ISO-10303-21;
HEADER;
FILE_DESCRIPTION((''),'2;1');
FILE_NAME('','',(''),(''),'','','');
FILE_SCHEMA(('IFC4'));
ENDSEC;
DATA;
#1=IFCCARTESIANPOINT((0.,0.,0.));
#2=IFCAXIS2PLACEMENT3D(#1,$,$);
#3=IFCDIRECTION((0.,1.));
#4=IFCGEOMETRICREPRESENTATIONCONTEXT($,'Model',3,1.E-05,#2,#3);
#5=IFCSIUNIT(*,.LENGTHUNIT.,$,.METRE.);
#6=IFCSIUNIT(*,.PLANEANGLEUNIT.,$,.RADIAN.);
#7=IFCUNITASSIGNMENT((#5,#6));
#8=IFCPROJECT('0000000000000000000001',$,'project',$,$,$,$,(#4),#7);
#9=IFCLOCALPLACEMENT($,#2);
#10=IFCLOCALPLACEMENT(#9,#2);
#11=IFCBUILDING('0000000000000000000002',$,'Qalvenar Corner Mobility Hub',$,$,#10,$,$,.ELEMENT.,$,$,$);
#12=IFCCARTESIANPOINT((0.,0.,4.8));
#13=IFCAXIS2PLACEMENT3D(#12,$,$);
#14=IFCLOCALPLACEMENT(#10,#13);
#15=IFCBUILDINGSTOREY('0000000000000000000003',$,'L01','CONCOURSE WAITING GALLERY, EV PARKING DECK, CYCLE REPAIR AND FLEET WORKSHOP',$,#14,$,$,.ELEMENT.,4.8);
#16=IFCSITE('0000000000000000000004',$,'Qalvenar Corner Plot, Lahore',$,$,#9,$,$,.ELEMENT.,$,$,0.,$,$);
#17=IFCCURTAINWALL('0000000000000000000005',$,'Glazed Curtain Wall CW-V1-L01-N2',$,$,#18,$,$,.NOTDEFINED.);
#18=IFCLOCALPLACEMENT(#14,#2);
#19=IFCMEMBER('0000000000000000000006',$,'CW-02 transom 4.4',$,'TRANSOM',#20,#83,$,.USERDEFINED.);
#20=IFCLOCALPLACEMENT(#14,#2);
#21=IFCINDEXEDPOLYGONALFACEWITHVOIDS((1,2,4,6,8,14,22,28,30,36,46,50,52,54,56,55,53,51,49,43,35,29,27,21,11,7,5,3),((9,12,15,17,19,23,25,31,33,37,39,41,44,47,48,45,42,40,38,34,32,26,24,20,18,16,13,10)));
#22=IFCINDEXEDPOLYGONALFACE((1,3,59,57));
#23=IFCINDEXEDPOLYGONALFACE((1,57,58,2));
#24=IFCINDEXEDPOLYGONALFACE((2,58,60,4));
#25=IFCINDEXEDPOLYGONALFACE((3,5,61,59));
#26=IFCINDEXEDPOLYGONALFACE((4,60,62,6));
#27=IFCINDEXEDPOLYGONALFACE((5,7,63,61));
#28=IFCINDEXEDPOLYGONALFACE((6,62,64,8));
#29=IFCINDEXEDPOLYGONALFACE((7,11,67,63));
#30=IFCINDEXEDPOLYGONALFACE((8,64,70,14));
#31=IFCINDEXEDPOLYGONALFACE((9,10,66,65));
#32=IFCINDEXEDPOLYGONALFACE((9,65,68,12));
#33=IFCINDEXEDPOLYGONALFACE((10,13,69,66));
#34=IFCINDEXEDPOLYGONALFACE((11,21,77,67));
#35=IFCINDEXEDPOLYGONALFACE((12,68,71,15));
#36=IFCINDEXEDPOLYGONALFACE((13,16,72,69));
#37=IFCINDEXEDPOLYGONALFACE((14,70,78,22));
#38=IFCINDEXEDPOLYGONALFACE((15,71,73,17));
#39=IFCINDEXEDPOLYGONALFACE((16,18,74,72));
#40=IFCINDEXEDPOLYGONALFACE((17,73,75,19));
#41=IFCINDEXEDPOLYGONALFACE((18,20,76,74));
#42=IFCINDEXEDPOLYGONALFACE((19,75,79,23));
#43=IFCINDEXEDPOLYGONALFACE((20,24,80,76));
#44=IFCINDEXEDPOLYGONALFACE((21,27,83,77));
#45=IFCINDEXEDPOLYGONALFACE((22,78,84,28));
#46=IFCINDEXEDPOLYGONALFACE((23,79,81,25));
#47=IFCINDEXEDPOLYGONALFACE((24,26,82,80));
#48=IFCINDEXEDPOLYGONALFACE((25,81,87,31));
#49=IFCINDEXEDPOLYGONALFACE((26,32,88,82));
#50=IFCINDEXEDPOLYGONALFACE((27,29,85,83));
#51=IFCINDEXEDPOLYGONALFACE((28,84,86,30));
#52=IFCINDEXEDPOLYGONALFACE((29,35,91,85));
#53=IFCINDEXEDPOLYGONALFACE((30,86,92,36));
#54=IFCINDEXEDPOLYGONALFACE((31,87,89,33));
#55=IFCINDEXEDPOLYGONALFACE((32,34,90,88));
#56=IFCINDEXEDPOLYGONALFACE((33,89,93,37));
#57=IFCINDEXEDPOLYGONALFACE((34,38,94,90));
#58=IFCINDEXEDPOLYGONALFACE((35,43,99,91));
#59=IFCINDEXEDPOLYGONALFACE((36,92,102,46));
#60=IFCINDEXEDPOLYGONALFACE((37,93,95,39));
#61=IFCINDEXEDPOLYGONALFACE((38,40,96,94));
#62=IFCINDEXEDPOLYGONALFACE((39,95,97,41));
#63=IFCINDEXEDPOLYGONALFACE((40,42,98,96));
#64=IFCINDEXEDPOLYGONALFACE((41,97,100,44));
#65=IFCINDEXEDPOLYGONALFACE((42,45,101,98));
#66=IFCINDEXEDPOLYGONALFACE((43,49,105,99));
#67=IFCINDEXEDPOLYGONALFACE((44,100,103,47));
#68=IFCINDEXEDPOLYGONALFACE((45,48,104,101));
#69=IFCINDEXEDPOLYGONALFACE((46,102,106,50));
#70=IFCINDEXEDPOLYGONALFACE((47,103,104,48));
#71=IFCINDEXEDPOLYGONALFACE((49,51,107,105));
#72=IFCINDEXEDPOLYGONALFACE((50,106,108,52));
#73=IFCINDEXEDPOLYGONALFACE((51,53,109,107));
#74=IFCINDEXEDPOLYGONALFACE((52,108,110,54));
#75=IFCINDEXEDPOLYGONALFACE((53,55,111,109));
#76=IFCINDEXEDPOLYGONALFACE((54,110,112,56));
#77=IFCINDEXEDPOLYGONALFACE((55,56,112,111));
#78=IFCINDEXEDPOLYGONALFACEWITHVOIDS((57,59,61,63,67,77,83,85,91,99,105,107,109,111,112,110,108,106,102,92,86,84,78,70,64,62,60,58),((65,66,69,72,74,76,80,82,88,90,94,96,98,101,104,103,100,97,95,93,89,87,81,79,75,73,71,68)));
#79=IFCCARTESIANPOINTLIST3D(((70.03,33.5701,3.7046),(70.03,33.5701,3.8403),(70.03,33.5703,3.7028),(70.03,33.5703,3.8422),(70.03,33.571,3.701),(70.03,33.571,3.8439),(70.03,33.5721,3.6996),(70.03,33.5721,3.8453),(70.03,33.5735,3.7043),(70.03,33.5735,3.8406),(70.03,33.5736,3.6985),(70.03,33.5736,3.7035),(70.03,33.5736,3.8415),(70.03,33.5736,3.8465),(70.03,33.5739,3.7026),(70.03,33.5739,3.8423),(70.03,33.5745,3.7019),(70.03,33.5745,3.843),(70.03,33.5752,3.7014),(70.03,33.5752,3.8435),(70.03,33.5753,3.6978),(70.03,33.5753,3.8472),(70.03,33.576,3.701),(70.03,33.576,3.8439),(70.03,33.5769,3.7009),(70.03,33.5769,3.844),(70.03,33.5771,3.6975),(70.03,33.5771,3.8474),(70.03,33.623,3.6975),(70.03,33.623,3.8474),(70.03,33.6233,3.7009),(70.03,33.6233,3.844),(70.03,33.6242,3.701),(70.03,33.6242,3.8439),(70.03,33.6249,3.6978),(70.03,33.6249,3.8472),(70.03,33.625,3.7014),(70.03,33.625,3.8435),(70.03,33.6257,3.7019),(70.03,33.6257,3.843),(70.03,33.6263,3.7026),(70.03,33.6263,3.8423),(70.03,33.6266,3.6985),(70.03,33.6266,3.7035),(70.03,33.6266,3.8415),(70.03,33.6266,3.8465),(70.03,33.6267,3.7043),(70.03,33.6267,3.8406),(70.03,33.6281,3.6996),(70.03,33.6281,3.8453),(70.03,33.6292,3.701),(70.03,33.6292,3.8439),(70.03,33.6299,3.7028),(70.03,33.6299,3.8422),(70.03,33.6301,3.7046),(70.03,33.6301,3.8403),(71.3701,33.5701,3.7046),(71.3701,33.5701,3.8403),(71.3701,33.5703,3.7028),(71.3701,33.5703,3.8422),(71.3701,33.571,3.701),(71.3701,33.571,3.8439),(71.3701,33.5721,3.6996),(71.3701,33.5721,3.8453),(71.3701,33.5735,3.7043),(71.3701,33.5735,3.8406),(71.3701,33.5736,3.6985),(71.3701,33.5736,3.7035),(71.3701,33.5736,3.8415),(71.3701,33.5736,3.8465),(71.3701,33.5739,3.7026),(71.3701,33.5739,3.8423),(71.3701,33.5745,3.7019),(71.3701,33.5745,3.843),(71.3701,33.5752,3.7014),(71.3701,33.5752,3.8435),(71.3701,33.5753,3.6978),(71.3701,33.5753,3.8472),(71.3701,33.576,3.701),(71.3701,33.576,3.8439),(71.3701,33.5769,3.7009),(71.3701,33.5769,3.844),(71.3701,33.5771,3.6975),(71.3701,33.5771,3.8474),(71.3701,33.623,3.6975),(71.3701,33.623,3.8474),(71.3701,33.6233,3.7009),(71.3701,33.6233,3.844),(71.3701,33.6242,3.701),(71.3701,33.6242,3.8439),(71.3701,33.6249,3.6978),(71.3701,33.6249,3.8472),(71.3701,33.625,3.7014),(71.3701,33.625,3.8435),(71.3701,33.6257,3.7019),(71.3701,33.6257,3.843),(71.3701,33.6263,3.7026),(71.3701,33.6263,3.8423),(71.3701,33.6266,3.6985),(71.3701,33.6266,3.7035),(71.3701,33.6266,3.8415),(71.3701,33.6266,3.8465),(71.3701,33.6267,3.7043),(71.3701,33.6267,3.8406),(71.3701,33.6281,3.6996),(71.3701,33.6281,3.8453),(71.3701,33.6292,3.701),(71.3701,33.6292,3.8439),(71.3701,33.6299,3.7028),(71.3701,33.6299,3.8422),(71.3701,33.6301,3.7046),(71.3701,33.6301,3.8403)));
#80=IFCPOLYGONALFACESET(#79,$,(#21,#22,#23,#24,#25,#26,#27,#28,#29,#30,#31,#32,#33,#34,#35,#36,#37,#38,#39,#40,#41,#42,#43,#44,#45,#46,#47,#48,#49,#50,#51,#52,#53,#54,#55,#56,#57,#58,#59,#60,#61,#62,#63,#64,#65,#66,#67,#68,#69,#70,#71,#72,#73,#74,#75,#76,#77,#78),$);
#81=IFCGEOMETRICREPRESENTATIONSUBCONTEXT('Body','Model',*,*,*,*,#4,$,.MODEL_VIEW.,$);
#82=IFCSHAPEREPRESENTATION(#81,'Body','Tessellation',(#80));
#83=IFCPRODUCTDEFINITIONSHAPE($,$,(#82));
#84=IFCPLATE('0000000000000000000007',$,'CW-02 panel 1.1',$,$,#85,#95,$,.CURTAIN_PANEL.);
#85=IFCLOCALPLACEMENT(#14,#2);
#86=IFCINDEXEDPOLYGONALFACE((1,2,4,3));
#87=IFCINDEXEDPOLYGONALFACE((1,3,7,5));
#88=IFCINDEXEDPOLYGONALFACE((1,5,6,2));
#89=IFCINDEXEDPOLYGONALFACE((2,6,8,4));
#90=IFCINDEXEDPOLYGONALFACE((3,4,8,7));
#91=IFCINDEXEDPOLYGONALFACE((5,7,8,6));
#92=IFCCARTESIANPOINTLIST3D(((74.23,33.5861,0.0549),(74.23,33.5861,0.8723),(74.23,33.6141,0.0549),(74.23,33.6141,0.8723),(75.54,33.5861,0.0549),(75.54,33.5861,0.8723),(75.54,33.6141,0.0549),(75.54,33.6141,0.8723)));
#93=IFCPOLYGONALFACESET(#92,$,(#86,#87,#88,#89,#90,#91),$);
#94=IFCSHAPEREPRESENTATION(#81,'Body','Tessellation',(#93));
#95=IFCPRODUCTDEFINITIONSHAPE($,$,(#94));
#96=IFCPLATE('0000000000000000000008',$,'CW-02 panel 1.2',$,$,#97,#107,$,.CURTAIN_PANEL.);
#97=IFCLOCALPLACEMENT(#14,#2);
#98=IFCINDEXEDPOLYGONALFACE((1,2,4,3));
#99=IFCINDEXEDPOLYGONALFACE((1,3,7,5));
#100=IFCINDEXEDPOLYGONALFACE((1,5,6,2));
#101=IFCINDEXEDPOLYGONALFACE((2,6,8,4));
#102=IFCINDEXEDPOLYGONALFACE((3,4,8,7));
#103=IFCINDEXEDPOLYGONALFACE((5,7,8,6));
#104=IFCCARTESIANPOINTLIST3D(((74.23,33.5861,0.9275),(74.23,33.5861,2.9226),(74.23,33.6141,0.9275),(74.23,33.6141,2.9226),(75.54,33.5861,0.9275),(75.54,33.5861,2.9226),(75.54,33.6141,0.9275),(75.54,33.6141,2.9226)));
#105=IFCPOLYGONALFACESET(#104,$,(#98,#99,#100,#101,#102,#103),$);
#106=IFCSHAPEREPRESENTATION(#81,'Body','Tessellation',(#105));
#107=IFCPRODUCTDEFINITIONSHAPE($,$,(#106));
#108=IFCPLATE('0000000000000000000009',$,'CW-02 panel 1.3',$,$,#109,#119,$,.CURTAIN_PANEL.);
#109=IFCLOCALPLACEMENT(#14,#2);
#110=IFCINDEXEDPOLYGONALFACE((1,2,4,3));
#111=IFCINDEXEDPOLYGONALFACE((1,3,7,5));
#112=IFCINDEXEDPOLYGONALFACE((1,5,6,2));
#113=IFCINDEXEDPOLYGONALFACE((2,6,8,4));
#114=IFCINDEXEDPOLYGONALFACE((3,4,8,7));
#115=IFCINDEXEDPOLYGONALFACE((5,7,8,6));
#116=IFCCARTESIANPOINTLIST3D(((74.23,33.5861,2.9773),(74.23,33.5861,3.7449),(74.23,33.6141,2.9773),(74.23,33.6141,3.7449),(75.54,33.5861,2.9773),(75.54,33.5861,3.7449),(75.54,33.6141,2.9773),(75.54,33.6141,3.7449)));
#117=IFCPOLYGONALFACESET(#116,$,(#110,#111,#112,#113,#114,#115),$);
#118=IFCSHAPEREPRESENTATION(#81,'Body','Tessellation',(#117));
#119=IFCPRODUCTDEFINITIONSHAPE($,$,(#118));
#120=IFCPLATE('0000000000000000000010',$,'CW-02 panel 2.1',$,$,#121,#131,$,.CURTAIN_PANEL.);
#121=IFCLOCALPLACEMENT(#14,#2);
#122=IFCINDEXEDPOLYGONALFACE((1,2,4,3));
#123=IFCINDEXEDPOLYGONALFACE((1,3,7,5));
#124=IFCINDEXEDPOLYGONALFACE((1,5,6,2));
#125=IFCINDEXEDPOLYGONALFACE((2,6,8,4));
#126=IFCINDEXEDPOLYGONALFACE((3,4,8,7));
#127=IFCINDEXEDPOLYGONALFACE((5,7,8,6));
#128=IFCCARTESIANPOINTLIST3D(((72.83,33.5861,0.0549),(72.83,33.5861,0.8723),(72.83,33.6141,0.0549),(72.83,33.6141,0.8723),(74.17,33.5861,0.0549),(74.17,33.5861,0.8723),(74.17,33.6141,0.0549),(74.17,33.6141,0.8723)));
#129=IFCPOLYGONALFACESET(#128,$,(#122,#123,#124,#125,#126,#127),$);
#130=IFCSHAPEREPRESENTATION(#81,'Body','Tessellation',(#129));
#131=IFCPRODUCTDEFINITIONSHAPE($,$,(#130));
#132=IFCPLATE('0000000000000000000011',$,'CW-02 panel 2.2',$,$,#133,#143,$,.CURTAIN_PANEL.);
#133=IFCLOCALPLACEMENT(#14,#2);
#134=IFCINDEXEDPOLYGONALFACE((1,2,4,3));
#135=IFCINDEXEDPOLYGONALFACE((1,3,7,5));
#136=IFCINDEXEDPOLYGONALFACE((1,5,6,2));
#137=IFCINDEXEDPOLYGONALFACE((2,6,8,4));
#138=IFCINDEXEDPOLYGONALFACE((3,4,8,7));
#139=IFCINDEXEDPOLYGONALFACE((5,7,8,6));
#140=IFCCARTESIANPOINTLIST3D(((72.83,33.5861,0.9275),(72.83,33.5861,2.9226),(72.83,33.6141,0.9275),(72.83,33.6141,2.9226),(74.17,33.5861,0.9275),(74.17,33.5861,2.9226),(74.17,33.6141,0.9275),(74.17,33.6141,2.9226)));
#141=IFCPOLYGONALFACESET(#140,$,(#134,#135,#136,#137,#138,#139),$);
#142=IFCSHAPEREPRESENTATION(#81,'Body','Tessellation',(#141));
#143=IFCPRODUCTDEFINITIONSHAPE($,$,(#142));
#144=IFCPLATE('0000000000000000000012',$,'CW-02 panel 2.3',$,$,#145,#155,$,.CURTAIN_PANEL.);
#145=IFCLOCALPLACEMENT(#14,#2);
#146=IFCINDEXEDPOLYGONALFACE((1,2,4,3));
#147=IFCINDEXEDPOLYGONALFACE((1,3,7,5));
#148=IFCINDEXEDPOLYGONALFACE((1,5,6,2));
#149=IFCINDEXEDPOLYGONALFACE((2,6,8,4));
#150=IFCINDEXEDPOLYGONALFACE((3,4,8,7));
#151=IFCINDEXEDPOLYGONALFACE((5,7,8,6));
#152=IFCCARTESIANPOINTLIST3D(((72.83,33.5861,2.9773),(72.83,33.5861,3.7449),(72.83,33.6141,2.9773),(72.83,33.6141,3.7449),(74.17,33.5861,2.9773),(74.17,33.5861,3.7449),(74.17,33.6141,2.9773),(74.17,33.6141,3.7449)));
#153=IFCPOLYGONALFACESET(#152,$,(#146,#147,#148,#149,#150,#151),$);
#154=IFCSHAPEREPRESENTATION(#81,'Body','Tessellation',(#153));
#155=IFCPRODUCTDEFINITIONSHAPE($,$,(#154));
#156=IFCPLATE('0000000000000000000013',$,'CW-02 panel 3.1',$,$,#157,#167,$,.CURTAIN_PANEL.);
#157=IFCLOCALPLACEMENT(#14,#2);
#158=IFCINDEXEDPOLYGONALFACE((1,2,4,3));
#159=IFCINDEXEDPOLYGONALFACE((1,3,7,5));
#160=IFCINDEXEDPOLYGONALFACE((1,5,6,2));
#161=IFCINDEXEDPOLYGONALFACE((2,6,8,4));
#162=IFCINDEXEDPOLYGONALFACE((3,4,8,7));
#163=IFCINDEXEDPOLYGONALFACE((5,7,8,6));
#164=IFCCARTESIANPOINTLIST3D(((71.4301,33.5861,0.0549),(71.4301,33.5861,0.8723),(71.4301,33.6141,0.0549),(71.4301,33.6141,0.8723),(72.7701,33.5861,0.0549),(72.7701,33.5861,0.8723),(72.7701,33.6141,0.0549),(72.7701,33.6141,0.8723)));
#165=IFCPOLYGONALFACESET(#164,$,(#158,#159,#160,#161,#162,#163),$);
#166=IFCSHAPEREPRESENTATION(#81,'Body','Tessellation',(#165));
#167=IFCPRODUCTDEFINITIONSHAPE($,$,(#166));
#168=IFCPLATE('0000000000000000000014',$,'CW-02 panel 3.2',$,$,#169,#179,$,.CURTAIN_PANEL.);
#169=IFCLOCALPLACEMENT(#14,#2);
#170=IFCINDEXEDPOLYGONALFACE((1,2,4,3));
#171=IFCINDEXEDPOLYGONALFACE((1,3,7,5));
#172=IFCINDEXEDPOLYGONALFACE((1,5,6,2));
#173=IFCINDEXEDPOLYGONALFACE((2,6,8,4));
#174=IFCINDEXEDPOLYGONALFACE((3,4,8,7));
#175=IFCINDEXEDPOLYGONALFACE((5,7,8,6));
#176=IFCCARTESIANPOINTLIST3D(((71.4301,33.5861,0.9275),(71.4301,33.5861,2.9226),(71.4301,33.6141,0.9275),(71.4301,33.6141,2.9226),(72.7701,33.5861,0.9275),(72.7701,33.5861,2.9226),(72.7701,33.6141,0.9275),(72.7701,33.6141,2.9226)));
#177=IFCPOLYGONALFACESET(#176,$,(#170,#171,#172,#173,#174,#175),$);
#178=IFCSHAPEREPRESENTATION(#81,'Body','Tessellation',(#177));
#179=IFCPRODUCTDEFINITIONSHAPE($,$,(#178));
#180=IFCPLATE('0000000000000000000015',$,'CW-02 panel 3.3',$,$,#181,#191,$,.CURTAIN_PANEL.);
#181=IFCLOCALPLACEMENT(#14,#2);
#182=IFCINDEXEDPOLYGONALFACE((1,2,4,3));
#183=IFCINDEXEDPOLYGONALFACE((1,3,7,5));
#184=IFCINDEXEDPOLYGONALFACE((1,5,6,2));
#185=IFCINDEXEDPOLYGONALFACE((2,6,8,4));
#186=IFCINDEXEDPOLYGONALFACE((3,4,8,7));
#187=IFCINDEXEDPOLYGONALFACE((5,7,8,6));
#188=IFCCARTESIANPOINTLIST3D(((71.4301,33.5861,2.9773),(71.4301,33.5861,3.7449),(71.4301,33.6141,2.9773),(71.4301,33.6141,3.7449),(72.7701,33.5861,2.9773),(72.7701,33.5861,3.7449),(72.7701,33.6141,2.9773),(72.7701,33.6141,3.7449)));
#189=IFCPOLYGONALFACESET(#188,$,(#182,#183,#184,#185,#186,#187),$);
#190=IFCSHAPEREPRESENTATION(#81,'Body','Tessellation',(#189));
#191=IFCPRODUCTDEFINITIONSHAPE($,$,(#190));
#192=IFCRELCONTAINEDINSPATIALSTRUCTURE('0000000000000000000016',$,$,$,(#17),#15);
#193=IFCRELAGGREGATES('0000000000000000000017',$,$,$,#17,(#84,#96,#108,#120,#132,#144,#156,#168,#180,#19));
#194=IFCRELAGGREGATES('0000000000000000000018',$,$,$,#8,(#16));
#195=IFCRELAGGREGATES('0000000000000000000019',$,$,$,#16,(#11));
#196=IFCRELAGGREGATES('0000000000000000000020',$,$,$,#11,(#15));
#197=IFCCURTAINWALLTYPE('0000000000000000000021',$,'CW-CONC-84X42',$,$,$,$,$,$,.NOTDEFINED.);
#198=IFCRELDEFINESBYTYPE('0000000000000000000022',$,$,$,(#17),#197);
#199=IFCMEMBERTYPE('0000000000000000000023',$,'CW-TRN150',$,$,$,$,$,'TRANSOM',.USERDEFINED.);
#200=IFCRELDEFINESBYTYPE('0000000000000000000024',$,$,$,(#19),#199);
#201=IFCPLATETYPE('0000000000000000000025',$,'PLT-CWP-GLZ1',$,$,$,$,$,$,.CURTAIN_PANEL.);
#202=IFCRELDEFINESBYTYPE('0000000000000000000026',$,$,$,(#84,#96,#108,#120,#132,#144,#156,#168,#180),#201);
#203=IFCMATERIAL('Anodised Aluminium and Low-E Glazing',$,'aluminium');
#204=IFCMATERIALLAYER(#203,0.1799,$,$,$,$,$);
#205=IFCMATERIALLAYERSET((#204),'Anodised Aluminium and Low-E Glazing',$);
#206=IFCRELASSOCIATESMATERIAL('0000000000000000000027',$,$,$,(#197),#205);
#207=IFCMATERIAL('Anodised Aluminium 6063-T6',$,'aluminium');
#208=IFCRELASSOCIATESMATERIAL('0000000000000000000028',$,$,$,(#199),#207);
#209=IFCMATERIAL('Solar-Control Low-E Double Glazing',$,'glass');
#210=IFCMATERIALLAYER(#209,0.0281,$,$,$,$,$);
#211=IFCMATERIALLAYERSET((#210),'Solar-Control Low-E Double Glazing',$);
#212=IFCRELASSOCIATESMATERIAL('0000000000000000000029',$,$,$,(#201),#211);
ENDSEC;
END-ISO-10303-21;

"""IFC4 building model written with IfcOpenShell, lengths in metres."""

from ifc_helpers import new_model, si_unit, direction, frame, origin, origin_2d, place, context, subcontext, project, spatial, rectangle, hollow_rectangle, extrude, material, layer, layer_set, material_profile, profile_set, type_object, element, aggregate, save


model = new_model("IFC4")

# Units and contexts
model_context = context("Model", 3, precision=1e-05, world=origin(), true_north=direction((0.0, 1.0)))
body_context = subcontext(model_context, "Body", "Model", "MODEL_VIEW")
ifc_project = project(units=[si_unit("LENGTHUNIT", "METRE"), si_unit("PLANEANGLEUNIT", "RADIAN")], contexts=[model_context])

# Site, building, storey
site_placement = place(None, origin())
site = spatial("IfcSite", under=ifc_project, at=site_placement, Name="Qalvenar Corner Plot, Lahore", CompositionType="ELEMENT", RefElevation=0.0)
building_placement = place(site_placement, origin())
building = spatial("IfcBuilding", under=site, at=building_placement, Name="Qalvenar Corner Mobility Hub", CompositionType="ELEMENT")
storey_placement = place(building_placement, frame((0.0, 0.0, 4.8)))
storey = spatial("IfcBuildingStorey", under=building, at=storey_placement, Name="L01", Description="CONCOURSE WAITING GALLERY, EV PARKING DECK, CYCLE REPAIR AND FLEET WORKSHOP", CompositionType="ELEMENT", Elevation=4.8)

# Curtain wall
ifc_material_1 = material(Name="Anodised Aluminium and Low-E Glazing", Category="aluminium")
ifc_layer_1 = layer(ifc_material_1, 0.1799)
ifc_layer_set_1 = layer_set([ifc_layer_1], Name="Anodised Aluminium and Low-E Glazing")
curtain_wall_type = type_object("IfcCurtainWallType", Name="CW-CONC-84X42", PredefinedType="NOTDEFINED", material=ifc_layer_set_1)
curtain_wall_1_placement = place(storey_placement, origin())
curtain_wall_1 = element("IfcCurtainWall", 1, at=curtain_wall_1_placement, inside=storey, type_object=curtain_wall_type, Name="Glazed Curtain Wall CW-V1-L01-N2", PredefinedType="NOTDEFINED")
ifc_material_2 = material(Name="Anodised Aluminium 6063-T6", Category="aluminium")

# Member
ifc_material_profile_1 = material_profile(ifc_material_2, hollow_rectangle(XDim=0.0601, YDim=0.1499, WallThickness=0.0034, InnerFilletRadius=0.0034, OuterFilletRadius=0.0071, at=origin_2d()), Name="RHS150x60x3.5")
ifc_profile_set_1 = profile_set([ifc_material_profile_1], Name="Anodised Aluminium 6063-T6")
member_type_1 = type_object("IfcMemberType", Name="CW-TRN150", ElementType="TRANSOM", PredefinedType="USERDEFINED", material=ifc_profile_set_1)
member_1_placement = place(storey_placement, frame((71.3701, 33.6001, 3.7725), z_axis=(-1.0, 0.0, 0.0), x_axis=(0.0, -1.0, 0.0)))
member_1 = element("IfcMember", 2, at=member_1_placement, type_object=member_type_1, Name="CW-02 transom 4.4", ObjectType="TRANSOM", PredefinedType="USERDEFINED", context=body_context, shape_type="SweptSolid", body=[
    extrude(hollow_rectangle(XDim=0.0601, YDim=0.1499, WallThickness=0.0034, InnerFilletRadius=0.0034, OuterFilletRadius=0.0071, at=origin_2d()), origin(), (0.0, 0.0, 1.0), 1.3401),
])

# Plates
ifc_material_3 = material(Name="Solar-Control Low-E Double Glazing", Category="glass")
ifc_layer_2 = layer(ifc_material_3, 0.0281)
ifc_layer_set_2 = layer_set([ifc_layer_2], Name="Solar-Control Low-E Double Glazing")
plate_type = type_object("IfcPlateType", Name="PLT-CWP-GLZ1", PredefinedType="CURTAIN_PANEL", material=ifc_layer_set_2)
plate_1_placement = place(storey_placement, frame((74.885, 33.6001, 0.0549), z_axis=(0.0, 0.0, 1.0), x_axis=(-1.0, 0.0, 0.0)))
plate_1 = element("IfcPlate", 3, at=plate_1_placement, type_object=plate_type, Name="CW-02 panel 1.1", PredefinedType="CURTAIN_PANEL", context=body_context, shape_type="SweptSolid", body=[
    extrude(rectangle(XDim=1.3101, YDim=0.0281, at=origin_2d()), origin(), (0.0, 0.0, 1.0), 0.8174),
])
plate_2_placement = place(storey_placement, frame((74.885, 33.6001, 0.9275), z_axis=(0.0, 0.0, 1.0), x_axis=(-1.0, 0.0, 0.0)))
plate_2 = element("IfcPlate", 4, at=plate_2_placement, type_object=plate_type, Name="CW-02 panel 1.2", PredefinedType="CURTAIN_PANEL", context=body_context, shape_type="SweptSolid", body=[
    extrude(rectangle(XDim=1.3101, YDim=0.0281, at=origin_2d()), origin(), (0.0, 0.0, 1.0), 1.9951),
])
plate_3_placement = place(storey_placement, frame((74.885, 33.6001, 2.9773), z_axis=(0.0, 0.0, 1.0), x_axis=(-1.0, 0.0, 0.0)))
plate_3 = element("IfcPlate", 5, at=plate_3_placement, type_object=plate_type, Name="CW-02 panel 1.3", PredefinedType="CURTAIN_PANEL", context=body_context, shape_type="SweptSolid", body=[
    extrude(rectangle(XDim=1.3101, YDim=0.0281, at=origin_2d()), origin(), (0.0, 0.0, 1.0), 0.7676),
])
plate_4_placement = place(storey_placement, frame((73.5, 33.6001, 0.0549), z_axis=(0.0, 0.0, 1.0), x_axis=(-1.0, 0.0, 0.0)))
plate_4 = element("IfcPlate", 6, at=plate_4_placement, type_object=plate_type, Name="CW-02 panel 2.1", PredefinedType="CURTAIN_PANEL", context=body_context, shape_type="SweptSolid", body=[
    extrude(rectangle(XDim=1.3401, YDim=0.0281, at=origin_2d()), origin(), (0.0, 0.0, 1.0), 0.8174),
])
plate_5_placement = place(storey_placement, frame((73.5, 33.6001, 0.9275), z_axis=(0.0, 0.0, 1.0), x_axis=(-1.0, 0.0, 0.0)))
plate_5 = element("IfcPlate", 7, at=plate_5_placement, type_object=plate_type, Name="CW-02 panel 2.2", PredefinedType="CURTAIN_PANEL", context=body_context, shape_type="SweptSolid", body=[
    extrude(rectangle(XDim=1.3401, YDim=0.0281, at=origin_2d()), origin(), (0.0, 0.0, 1.0), 1.9951),
])
plate_6_placement = place(storey_placement, frame((73.5, 33.6001, 2.9773), z_axis=(0.0, 0.0, 1.0), x_axis=(-1.0, 0.0, 0.0)))
plate_6 = element("IfcPlate", 8, at=plate_6_placement, type_object=plate_type, Name="CW-02 panel 2.3", PredefinedType="CURTAIN_PANEL", context=body_context, shape_type="SweptSolid", body=[
    extrude(rectangle(XDim=1.3401, YDim=0.0281, at=origin_2d()), origin(), (0.0, 0.0, 1.0), 0.7676),
])
plate_7_placement = place(storey_placement, frame((72.1001, 33.6001, 0.0549), z_axis=(0.0, 0.0, 1.0), x_axis=(-1.0, 0.0, 0.0)))
plate_7 = element("IfcPlate", 9, at=plate_7_placement, type_object=plate_type, Name="CW-02 panel 3.1", PredefinedType="CURTAIN_PANEL", context=body_context, shape_type="SweptSolid", body=[
    extrude(rectangle(XDim=1.3401, YDim=0.0281, at=origin_2d()), origin(), (0.0, 0.0, 1.0), 0.8174),
])
plate_8_placement = place(storey_placement, frame((72.1001, 33.6001, 0.9275), z_axis=(0.0, 0.0, 1.0), x_axis=(-1.0, 0.0, 0.0)))
plate_8 = element("IfcPlate", 10, at=plate_8_placement, type_object=plate_type, Name="CW-02 panel 3.2", PredefinedType="CURTAIN_PANEL", context=body_context, shape_type="SweptSolid", body=[
    extrude(rectangle(XDim=1.3401, YDim=0.0281, at=origin_2d()), origin(), (0.0, 0.0, 1.0), 1.9951),
])
plate_9_placement = place(storey_placement, frame((72.1001, 33.6001, 2.9773), z_axis=(0.0, 0.0, 1.0), x_axis=(-1.0, 0.0, 0.0)))
plate_9 = element("IfcPlate", 11, at=plate_9_placement, type_object=plate_type, Name="CW-02 panel 3.3", PredefinedType="CURTAIN_PANEL", context=body_context, shape_type="SweptSolid", body=[
    extrude(rectangle(XDim=1.3401, YDim=0.0281, at=origin_2d()), origin(), (0.0, 0.0, 1.0), 0.7676),
])
aggregate(curtain_wall_1, [plate_1, plate_2, plate_3, plate_4, plate_5, plate_6, plate_7, plate_8, plate_9, member_1])

save(model, "model.ifc")
